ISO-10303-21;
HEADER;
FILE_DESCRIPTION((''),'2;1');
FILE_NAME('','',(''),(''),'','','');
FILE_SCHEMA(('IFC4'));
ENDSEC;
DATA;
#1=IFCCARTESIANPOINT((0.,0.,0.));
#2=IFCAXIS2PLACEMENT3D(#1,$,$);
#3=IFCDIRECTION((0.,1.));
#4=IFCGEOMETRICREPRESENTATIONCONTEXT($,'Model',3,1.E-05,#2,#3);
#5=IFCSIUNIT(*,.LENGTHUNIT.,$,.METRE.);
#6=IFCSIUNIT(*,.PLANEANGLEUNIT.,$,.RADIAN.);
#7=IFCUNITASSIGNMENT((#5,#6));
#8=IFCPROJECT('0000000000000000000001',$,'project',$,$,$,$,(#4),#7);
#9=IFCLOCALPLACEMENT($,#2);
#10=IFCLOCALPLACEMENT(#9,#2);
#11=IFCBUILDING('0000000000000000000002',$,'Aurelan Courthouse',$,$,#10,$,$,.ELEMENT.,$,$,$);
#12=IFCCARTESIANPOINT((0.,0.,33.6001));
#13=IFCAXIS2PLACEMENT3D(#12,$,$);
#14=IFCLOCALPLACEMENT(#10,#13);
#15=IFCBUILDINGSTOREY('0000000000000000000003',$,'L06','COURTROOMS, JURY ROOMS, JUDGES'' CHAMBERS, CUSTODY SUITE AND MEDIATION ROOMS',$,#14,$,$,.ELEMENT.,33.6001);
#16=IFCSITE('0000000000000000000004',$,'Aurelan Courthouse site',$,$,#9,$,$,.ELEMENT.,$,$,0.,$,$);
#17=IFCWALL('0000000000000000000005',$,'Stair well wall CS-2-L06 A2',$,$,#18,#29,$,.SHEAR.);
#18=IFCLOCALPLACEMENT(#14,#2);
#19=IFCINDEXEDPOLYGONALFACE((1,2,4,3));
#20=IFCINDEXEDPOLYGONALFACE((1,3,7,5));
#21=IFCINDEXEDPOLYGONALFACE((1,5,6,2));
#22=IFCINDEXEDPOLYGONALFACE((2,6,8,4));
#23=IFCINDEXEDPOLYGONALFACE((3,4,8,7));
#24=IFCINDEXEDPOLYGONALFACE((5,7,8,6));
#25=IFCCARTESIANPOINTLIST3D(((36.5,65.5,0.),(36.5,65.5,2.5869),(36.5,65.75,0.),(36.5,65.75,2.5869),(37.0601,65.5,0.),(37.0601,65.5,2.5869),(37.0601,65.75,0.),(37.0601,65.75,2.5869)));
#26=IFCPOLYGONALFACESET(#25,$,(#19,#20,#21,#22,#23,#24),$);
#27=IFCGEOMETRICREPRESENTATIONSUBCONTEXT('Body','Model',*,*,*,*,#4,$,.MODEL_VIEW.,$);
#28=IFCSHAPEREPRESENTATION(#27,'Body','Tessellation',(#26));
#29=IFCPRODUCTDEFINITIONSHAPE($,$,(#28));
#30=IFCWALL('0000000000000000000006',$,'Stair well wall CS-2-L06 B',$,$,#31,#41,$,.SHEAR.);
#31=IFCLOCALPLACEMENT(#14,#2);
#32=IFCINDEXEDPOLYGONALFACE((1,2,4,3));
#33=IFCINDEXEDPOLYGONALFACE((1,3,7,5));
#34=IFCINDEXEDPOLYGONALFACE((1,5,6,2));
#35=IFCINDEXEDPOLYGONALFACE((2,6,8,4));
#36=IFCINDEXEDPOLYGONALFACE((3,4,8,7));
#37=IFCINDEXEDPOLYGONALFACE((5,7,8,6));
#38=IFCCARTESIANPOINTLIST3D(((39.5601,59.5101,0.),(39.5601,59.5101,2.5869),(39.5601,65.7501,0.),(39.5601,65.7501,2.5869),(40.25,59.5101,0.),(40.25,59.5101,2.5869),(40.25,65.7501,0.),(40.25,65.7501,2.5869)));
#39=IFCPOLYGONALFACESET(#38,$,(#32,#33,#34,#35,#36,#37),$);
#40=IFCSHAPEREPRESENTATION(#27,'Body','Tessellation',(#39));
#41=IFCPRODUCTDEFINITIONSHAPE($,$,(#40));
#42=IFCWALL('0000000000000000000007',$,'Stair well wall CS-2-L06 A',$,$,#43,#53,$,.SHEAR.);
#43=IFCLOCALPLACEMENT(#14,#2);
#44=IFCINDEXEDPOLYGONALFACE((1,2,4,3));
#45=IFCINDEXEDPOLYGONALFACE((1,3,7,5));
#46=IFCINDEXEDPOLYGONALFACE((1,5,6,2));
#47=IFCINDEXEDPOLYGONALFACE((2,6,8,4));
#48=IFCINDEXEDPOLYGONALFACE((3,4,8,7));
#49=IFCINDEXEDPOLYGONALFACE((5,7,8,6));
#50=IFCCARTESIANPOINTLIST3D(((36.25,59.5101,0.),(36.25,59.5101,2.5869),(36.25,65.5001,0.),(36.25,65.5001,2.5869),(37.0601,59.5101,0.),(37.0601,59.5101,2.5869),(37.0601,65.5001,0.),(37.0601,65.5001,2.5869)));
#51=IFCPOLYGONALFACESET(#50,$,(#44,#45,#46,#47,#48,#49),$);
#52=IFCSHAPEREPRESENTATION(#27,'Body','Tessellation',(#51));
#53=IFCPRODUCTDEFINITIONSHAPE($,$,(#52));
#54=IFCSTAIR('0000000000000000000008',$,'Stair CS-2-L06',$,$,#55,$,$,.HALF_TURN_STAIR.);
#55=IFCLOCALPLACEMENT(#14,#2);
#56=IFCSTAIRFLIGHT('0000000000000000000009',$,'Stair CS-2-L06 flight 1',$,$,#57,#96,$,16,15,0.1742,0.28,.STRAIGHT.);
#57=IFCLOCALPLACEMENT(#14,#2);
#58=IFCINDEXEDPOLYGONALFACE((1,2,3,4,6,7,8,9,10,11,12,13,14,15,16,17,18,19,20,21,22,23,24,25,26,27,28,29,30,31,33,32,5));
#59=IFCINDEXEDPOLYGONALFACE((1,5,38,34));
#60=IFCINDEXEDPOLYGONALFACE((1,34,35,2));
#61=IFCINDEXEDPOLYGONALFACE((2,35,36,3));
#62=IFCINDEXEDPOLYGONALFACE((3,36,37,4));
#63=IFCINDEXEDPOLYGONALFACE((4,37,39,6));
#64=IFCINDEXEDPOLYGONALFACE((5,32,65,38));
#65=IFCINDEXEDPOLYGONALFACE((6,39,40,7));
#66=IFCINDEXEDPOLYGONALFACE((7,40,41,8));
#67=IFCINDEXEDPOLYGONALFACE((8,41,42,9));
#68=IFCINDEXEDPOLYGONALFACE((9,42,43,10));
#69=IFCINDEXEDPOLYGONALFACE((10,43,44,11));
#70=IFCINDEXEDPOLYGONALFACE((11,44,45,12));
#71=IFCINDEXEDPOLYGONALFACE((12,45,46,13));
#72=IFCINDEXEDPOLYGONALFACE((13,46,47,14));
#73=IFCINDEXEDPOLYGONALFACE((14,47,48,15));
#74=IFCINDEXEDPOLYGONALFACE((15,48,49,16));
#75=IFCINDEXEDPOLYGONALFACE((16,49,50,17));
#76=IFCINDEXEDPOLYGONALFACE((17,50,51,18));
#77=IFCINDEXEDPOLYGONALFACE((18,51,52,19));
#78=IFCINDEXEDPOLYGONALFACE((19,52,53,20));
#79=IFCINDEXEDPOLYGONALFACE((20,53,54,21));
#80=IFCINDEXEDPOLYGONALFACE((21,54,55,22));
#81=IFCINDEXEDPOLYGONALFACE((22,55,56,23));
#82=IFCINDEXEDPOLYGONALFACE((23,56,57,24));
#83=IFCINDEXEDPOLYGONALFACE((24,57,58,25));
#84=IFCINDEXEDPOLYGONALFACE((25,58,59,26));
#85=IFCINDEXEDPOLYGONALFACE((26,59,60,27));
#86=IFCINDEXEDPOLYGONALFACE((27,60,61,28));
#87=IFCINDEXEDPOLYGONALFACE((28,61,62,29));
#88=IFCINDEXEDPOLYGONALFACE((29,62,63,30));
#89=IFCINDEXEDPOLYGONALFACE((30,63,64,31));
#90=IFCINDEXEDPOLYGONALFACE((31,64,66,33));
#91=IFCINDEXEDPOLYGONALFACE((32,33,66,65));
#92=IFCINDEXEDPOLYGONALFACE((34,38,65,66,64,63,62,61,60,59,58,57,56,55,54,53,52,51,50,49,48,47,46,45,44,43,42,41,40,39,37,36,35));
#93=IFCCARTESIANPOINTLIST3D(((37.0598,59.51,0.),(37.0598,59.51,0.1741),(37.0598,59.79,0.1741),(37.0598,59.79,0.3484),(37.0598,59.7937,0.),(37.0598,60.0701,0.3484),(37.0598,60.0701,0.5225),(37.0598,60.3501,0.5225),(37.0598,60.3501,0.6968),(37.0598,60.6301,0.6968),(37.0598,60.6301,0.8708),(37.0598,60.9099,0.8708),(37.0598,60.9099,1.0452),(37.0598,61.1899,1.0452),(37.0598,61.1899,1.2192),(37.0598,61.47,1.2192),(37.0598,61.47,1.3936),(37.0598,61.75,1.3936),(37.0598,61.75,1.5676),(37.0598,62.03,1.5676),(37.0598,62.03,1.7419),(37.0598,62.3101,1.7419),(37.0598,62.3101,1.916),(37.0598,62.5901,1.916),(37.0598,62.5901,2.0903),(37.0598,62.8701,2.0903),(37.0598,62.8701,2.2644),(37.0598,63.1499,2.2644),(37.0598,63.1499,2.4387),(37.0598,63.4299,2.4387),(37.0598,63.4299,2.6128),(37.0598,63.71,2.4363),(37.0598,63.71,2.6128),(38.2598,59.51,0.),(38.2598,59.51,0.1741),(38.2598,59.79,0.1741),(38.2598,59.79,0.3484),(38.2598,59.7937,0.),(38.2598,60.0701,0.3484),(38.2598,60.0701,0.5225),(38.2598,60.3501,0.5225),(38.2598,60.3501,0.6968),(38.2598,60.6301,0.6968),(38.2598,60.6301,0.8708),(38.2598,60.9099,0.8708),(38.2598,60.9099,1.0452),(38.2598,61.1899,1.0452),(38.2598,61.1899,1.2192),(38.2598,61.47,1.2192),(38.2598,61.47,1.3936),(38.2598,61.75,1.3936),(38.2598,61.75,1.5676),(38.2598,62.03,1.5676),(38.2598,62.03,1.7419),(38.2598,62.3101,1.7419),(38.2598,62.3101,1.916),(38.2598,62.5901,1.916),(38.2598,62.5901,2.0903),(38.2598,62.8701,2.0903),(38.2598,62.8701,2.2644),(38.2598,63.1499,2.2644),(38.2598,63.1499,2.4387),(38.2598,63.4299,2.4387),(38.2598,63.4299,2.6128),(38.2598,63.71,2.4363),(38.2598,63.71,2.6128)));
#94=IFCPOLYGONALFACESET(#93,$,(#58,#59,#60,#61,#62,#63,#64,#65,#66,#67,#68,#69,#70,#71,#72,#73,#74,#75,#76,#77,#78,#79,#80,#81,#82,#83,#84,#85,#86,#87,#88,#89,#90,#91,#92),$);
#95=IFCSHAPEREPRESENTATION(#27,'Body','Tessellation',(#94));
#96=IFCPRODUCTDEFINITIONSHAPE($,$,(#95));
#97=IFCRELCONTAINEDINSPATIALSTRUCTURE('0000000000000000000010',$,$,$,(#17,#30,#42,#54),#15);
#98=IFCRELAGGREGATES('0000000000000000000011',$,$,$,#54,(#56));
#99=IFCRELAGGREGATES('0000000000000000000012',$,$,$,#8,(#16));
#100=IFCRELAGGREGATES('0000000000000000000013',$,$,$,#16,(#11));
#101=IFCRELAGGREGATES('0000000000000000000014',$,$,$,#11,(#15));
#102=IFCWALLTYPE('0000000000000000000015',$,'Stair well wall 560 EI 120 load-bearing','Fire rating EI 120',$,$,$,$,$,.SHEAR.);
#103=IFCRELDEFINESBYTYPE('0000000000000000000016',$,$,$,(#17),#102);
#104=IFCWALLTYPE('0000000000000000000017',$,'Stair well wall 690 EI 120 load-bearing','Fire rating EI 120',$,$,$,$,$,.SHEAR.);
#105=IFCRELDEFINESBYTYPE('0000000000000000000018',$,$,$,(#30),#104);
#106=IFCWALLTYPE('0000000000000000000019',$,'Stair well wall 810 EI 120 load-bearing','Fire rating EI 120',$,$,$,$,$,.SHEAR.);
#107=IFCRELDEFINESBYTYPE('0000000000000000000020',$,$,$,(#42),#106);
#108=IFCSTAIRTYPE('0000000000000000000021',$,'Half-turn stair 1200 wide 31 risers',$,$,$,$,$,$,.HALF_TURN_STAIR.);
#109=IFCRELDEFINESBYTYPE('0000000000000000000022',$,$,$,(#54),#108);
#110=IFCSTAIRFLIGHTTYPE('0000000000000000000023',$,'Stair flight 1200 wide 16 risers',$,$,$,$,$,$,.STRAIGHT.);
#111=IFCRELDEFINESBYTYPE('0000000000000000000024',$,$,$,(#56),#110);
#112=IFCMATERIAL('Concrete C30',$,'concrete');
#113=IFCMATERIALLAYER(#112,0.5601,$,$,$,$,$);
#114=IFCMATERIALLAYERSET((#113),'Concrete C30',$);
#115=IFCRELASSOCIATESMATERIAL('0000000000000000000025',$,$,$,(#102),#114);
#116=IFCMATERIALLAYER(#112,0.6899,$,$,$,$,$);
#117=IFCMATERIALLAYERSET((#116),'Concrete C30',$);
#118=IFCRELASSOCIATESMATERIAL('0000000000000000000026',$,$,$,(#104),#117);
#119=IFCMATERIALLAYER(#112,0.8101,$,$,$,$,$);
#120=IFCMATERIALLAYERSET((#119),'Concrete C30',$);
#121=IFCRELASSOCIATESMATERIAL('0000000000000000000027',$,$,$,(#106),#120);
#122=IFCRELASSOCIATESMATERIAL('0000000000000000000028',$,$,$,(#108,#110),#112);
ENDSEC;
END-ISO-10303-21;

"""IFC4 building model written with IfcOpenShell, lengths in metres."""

from ifc_helpers import new_model, si_unit, direction, frame, frame_2d, origin, place, context, subcontext, project, spatial, polyline, rectangle, outline, extrude, material, layer, layer_set, type_object, element, aggregate, save


model = new_model("IFC4")

# Units and contexts
model_context = context("Model", 3, precision=1e-05, world=origin(), true_north=direction((0.0, 1.0)))
body_context = subcontext(model_context, "Body", "Model", "MODEL_VIEW")
ifc_project = project(units=[si_unit("LENGTHUNIT", "METRE"), si_unit("PLANEANGLEUNIT", "RADIAN")], contexts=[model_context])

# Site, building, storey
site_placement = place(None, origin())
site = spatial("IfcSite", under=ifc_project, at=site_placement, Name="Aurelan Courthouse site", CompositionType="ELEMENT", RefElevation=0.0)
building_placement = place(site_placement, origin())
building = spatial("IfcBuilding", under=site, at=building_placement, Name="Aurelan Courthouse", CompositionType="ELEMENT")
storey_placement = place(building_placement, frame((0.0, 0.0, 33.6001)))
storey = spatial("IfcBuildingStorey", under=building, at=storey_placement, Name="L06", Description="COURTROOMS, JURY ROOMS, JUDGES' CHAMBERS, CUSTODY SUITE AND MEDIATION ROOMS", CompositionType="ELEMENT", Elevation=33.6001)

# Shared definitions
ifc_material_1 = material(Name="Concrete C30", Category="concrete")

# Walls
ifc_layer_1 = layer(ifc_material_1, 0.5601)
ifc_layer_set_1 = layer_set([ifc_layer_1], Name="Concrete C30")
wall_type_1 = type_object("IfcWallType", Name="Stair well wall 560 EI 120 load-bearing", Description="Fire rating EI 120", PredefinedType="SHEAR", material=ifc_layer_set_1)
wall_1_placement = place(storey_placement, frame((36.78, 65.5, 0.0), z_axis=(0.0, 0.0, 1.0), x_axis=(0.0, 1.0, 0.0)))
element("IfcWall", 1, at=wall_1_placement, inside=storey, type_object=wall_type_1, Name="Stair well wall CS-2-L06 A2", PredefinedType="SHEAR", context=body_context, shape_type="SweptSolid", body=[
    extrude(rectangle(XDim=0.25, YDim=0.5601, at=frame_2d((0.125, 0.0))), origin(), (0.0, 0.0, 1.0), 2.5869),
])
ifc_layer_2 = layer(ifc_material_1, 0.6899)
ifc_layer_set_2 = layer_set([ifc_layer_2], Name="Concrete C30")
wall_type_2 = type_object("IfcWallType", Name="Stair well wall 690 EI 120 load-bearing", Description="Fire rating EI 120", PredefinedType="SHEAR", material=ifc_layer_set_2)
wall_2_placement = place(storey_placement, frame((39.905, 59.51, 0.0), z_axis=(0.0, 0.0, 1.0), x_axis=(0.0, 1.0, 0.0)))
element("IfcWall", 2, at=wall_2_placement, inside=storey, type_object=wall_type_2, Name="Stair well wall CS-2-L06 B", PredefinedType="SHEAR", context=body_context, shape_type="SweptSolid", body=[
    extrude(rectangle(XDim=6.24, YDim=0.6899, at=frame_2d((3.1201, 0.0))), origin(), (0.0, 0.0, 1.0), 2.5869),
])
ifc_layer_3 = layer(ifc_material_1, 0.8101)
ifc_layer_set_3 = layer_set([ifc_layer_3], Name="Concrete C30")
wall_type_3 = type_object("IfcWallType", Name="Stair well wall 810 EI 120 load-bearing", Description="Fire rating EI 120", PredefinedType="SHEAR", material=ifc_layer_set_3)
wall_3_placement = place(storey_placement, frame((36.655, 59.51, 0.0), z_axis=(0.0, 0.0, 1.0), x_axis=(0.0, 1.0, 0.0)))
element("IfcWall", 3, at=wall_3_placement, inside=storey, type_object=wall_type_3, Name="Stair well wall CS-2-L06 A", PredefinedType="SHEAR", context=body_context, shape_type="SweptSolid", body=[
    extrude(rectangle(XDim=5.99, YDim=0.8101, at=frame_2d((2.9951, 0.0))), origin(), (0.0, 0.0, 1.0), 2.5869),
])

# Stair, stair flight
stair_type = type_object("IfcStairType", Name="Half-turn stair 1200 wide 31 risers", PredefinedType="HALF_TURN_STAIR", material=ifc_material_1)
stair_placement = place(storey_placement, origin())
stair = element("IfcStair", 4, at=stair_placement, inside=storey, type_object=stair_type, Name="Stair CS-2-L06", PredefinedType="HALF_TURN_STAIR")
stair_flight_type = type_object("IfcStairFlightType", Name="Stair flight 1200 wide 16 risers", PredefinedType="STRAIGHT", material=ifc_material_1)
stair_flight_placement = place(storey_placement, frame((37.6599, 59.51, 0.0), z_axis=(0.0, 0.0, 1.0), x_axis=(0.0, 1.0, 0.0)))
stair_flight = element("IfcStairFlight", 5, at=stair_flight_placement, type_object=stair_flight_type, Name="Stair CS-2-L06 flight 1", NumberOfRisers=16, NumberOfTreads=15, PredefinedType="STRAIGHT", RiserHeight=0.1742, TreadLength=0.28, context=body_context, shape_type="SweptSolid", body=[
    extrude(outline(polyline([(0.0, 0.0), (0.0, 0.1741), (0.28, 0.1741), (0.28, 0.3484), (0.5601, 0.3484), (0.5601, 0.5225), (0.8401, 0.5225), (0.8401, 0.6968), (1.1201, 0.6968), (1.1201, 0.8708), (1.3999, 0.8708), (1.3999, 1.0452), (1.6799, 1.0452), (1.6799, 1.2192), (1.96, 1.2192), (1.96, 1.3936), (2.24, 1.3936), (2.24, 1.5676), (2.52, 1.5676), (2.52, 1.7419), (2.8, 1.7419), (2.8, 1.916), (3.0801, 1.916), (3.0801, 2.0903), (3.3601, 2.0903), (3.3601, 2.2644), (3.6399, 2.2644), (3.6399, 2.4387), (3.9199, 2.4387), (3.9199, 2.6128), (4.2, 2.6128), (4.2, 2.7871), (4.2, 2.4363), (0.2837, 0.0), (0.0, 0.0)])), frame((0.0, 0.6001, 0.0), z_axis=(0.0, -1.0, 0.0), x_axis=(1.0, 0.0, 0.0)), (0.0, 0.0, 1.0), 1.2),
])
aggregate(stair, [stair_flight])

save(model, "model.ifc")
